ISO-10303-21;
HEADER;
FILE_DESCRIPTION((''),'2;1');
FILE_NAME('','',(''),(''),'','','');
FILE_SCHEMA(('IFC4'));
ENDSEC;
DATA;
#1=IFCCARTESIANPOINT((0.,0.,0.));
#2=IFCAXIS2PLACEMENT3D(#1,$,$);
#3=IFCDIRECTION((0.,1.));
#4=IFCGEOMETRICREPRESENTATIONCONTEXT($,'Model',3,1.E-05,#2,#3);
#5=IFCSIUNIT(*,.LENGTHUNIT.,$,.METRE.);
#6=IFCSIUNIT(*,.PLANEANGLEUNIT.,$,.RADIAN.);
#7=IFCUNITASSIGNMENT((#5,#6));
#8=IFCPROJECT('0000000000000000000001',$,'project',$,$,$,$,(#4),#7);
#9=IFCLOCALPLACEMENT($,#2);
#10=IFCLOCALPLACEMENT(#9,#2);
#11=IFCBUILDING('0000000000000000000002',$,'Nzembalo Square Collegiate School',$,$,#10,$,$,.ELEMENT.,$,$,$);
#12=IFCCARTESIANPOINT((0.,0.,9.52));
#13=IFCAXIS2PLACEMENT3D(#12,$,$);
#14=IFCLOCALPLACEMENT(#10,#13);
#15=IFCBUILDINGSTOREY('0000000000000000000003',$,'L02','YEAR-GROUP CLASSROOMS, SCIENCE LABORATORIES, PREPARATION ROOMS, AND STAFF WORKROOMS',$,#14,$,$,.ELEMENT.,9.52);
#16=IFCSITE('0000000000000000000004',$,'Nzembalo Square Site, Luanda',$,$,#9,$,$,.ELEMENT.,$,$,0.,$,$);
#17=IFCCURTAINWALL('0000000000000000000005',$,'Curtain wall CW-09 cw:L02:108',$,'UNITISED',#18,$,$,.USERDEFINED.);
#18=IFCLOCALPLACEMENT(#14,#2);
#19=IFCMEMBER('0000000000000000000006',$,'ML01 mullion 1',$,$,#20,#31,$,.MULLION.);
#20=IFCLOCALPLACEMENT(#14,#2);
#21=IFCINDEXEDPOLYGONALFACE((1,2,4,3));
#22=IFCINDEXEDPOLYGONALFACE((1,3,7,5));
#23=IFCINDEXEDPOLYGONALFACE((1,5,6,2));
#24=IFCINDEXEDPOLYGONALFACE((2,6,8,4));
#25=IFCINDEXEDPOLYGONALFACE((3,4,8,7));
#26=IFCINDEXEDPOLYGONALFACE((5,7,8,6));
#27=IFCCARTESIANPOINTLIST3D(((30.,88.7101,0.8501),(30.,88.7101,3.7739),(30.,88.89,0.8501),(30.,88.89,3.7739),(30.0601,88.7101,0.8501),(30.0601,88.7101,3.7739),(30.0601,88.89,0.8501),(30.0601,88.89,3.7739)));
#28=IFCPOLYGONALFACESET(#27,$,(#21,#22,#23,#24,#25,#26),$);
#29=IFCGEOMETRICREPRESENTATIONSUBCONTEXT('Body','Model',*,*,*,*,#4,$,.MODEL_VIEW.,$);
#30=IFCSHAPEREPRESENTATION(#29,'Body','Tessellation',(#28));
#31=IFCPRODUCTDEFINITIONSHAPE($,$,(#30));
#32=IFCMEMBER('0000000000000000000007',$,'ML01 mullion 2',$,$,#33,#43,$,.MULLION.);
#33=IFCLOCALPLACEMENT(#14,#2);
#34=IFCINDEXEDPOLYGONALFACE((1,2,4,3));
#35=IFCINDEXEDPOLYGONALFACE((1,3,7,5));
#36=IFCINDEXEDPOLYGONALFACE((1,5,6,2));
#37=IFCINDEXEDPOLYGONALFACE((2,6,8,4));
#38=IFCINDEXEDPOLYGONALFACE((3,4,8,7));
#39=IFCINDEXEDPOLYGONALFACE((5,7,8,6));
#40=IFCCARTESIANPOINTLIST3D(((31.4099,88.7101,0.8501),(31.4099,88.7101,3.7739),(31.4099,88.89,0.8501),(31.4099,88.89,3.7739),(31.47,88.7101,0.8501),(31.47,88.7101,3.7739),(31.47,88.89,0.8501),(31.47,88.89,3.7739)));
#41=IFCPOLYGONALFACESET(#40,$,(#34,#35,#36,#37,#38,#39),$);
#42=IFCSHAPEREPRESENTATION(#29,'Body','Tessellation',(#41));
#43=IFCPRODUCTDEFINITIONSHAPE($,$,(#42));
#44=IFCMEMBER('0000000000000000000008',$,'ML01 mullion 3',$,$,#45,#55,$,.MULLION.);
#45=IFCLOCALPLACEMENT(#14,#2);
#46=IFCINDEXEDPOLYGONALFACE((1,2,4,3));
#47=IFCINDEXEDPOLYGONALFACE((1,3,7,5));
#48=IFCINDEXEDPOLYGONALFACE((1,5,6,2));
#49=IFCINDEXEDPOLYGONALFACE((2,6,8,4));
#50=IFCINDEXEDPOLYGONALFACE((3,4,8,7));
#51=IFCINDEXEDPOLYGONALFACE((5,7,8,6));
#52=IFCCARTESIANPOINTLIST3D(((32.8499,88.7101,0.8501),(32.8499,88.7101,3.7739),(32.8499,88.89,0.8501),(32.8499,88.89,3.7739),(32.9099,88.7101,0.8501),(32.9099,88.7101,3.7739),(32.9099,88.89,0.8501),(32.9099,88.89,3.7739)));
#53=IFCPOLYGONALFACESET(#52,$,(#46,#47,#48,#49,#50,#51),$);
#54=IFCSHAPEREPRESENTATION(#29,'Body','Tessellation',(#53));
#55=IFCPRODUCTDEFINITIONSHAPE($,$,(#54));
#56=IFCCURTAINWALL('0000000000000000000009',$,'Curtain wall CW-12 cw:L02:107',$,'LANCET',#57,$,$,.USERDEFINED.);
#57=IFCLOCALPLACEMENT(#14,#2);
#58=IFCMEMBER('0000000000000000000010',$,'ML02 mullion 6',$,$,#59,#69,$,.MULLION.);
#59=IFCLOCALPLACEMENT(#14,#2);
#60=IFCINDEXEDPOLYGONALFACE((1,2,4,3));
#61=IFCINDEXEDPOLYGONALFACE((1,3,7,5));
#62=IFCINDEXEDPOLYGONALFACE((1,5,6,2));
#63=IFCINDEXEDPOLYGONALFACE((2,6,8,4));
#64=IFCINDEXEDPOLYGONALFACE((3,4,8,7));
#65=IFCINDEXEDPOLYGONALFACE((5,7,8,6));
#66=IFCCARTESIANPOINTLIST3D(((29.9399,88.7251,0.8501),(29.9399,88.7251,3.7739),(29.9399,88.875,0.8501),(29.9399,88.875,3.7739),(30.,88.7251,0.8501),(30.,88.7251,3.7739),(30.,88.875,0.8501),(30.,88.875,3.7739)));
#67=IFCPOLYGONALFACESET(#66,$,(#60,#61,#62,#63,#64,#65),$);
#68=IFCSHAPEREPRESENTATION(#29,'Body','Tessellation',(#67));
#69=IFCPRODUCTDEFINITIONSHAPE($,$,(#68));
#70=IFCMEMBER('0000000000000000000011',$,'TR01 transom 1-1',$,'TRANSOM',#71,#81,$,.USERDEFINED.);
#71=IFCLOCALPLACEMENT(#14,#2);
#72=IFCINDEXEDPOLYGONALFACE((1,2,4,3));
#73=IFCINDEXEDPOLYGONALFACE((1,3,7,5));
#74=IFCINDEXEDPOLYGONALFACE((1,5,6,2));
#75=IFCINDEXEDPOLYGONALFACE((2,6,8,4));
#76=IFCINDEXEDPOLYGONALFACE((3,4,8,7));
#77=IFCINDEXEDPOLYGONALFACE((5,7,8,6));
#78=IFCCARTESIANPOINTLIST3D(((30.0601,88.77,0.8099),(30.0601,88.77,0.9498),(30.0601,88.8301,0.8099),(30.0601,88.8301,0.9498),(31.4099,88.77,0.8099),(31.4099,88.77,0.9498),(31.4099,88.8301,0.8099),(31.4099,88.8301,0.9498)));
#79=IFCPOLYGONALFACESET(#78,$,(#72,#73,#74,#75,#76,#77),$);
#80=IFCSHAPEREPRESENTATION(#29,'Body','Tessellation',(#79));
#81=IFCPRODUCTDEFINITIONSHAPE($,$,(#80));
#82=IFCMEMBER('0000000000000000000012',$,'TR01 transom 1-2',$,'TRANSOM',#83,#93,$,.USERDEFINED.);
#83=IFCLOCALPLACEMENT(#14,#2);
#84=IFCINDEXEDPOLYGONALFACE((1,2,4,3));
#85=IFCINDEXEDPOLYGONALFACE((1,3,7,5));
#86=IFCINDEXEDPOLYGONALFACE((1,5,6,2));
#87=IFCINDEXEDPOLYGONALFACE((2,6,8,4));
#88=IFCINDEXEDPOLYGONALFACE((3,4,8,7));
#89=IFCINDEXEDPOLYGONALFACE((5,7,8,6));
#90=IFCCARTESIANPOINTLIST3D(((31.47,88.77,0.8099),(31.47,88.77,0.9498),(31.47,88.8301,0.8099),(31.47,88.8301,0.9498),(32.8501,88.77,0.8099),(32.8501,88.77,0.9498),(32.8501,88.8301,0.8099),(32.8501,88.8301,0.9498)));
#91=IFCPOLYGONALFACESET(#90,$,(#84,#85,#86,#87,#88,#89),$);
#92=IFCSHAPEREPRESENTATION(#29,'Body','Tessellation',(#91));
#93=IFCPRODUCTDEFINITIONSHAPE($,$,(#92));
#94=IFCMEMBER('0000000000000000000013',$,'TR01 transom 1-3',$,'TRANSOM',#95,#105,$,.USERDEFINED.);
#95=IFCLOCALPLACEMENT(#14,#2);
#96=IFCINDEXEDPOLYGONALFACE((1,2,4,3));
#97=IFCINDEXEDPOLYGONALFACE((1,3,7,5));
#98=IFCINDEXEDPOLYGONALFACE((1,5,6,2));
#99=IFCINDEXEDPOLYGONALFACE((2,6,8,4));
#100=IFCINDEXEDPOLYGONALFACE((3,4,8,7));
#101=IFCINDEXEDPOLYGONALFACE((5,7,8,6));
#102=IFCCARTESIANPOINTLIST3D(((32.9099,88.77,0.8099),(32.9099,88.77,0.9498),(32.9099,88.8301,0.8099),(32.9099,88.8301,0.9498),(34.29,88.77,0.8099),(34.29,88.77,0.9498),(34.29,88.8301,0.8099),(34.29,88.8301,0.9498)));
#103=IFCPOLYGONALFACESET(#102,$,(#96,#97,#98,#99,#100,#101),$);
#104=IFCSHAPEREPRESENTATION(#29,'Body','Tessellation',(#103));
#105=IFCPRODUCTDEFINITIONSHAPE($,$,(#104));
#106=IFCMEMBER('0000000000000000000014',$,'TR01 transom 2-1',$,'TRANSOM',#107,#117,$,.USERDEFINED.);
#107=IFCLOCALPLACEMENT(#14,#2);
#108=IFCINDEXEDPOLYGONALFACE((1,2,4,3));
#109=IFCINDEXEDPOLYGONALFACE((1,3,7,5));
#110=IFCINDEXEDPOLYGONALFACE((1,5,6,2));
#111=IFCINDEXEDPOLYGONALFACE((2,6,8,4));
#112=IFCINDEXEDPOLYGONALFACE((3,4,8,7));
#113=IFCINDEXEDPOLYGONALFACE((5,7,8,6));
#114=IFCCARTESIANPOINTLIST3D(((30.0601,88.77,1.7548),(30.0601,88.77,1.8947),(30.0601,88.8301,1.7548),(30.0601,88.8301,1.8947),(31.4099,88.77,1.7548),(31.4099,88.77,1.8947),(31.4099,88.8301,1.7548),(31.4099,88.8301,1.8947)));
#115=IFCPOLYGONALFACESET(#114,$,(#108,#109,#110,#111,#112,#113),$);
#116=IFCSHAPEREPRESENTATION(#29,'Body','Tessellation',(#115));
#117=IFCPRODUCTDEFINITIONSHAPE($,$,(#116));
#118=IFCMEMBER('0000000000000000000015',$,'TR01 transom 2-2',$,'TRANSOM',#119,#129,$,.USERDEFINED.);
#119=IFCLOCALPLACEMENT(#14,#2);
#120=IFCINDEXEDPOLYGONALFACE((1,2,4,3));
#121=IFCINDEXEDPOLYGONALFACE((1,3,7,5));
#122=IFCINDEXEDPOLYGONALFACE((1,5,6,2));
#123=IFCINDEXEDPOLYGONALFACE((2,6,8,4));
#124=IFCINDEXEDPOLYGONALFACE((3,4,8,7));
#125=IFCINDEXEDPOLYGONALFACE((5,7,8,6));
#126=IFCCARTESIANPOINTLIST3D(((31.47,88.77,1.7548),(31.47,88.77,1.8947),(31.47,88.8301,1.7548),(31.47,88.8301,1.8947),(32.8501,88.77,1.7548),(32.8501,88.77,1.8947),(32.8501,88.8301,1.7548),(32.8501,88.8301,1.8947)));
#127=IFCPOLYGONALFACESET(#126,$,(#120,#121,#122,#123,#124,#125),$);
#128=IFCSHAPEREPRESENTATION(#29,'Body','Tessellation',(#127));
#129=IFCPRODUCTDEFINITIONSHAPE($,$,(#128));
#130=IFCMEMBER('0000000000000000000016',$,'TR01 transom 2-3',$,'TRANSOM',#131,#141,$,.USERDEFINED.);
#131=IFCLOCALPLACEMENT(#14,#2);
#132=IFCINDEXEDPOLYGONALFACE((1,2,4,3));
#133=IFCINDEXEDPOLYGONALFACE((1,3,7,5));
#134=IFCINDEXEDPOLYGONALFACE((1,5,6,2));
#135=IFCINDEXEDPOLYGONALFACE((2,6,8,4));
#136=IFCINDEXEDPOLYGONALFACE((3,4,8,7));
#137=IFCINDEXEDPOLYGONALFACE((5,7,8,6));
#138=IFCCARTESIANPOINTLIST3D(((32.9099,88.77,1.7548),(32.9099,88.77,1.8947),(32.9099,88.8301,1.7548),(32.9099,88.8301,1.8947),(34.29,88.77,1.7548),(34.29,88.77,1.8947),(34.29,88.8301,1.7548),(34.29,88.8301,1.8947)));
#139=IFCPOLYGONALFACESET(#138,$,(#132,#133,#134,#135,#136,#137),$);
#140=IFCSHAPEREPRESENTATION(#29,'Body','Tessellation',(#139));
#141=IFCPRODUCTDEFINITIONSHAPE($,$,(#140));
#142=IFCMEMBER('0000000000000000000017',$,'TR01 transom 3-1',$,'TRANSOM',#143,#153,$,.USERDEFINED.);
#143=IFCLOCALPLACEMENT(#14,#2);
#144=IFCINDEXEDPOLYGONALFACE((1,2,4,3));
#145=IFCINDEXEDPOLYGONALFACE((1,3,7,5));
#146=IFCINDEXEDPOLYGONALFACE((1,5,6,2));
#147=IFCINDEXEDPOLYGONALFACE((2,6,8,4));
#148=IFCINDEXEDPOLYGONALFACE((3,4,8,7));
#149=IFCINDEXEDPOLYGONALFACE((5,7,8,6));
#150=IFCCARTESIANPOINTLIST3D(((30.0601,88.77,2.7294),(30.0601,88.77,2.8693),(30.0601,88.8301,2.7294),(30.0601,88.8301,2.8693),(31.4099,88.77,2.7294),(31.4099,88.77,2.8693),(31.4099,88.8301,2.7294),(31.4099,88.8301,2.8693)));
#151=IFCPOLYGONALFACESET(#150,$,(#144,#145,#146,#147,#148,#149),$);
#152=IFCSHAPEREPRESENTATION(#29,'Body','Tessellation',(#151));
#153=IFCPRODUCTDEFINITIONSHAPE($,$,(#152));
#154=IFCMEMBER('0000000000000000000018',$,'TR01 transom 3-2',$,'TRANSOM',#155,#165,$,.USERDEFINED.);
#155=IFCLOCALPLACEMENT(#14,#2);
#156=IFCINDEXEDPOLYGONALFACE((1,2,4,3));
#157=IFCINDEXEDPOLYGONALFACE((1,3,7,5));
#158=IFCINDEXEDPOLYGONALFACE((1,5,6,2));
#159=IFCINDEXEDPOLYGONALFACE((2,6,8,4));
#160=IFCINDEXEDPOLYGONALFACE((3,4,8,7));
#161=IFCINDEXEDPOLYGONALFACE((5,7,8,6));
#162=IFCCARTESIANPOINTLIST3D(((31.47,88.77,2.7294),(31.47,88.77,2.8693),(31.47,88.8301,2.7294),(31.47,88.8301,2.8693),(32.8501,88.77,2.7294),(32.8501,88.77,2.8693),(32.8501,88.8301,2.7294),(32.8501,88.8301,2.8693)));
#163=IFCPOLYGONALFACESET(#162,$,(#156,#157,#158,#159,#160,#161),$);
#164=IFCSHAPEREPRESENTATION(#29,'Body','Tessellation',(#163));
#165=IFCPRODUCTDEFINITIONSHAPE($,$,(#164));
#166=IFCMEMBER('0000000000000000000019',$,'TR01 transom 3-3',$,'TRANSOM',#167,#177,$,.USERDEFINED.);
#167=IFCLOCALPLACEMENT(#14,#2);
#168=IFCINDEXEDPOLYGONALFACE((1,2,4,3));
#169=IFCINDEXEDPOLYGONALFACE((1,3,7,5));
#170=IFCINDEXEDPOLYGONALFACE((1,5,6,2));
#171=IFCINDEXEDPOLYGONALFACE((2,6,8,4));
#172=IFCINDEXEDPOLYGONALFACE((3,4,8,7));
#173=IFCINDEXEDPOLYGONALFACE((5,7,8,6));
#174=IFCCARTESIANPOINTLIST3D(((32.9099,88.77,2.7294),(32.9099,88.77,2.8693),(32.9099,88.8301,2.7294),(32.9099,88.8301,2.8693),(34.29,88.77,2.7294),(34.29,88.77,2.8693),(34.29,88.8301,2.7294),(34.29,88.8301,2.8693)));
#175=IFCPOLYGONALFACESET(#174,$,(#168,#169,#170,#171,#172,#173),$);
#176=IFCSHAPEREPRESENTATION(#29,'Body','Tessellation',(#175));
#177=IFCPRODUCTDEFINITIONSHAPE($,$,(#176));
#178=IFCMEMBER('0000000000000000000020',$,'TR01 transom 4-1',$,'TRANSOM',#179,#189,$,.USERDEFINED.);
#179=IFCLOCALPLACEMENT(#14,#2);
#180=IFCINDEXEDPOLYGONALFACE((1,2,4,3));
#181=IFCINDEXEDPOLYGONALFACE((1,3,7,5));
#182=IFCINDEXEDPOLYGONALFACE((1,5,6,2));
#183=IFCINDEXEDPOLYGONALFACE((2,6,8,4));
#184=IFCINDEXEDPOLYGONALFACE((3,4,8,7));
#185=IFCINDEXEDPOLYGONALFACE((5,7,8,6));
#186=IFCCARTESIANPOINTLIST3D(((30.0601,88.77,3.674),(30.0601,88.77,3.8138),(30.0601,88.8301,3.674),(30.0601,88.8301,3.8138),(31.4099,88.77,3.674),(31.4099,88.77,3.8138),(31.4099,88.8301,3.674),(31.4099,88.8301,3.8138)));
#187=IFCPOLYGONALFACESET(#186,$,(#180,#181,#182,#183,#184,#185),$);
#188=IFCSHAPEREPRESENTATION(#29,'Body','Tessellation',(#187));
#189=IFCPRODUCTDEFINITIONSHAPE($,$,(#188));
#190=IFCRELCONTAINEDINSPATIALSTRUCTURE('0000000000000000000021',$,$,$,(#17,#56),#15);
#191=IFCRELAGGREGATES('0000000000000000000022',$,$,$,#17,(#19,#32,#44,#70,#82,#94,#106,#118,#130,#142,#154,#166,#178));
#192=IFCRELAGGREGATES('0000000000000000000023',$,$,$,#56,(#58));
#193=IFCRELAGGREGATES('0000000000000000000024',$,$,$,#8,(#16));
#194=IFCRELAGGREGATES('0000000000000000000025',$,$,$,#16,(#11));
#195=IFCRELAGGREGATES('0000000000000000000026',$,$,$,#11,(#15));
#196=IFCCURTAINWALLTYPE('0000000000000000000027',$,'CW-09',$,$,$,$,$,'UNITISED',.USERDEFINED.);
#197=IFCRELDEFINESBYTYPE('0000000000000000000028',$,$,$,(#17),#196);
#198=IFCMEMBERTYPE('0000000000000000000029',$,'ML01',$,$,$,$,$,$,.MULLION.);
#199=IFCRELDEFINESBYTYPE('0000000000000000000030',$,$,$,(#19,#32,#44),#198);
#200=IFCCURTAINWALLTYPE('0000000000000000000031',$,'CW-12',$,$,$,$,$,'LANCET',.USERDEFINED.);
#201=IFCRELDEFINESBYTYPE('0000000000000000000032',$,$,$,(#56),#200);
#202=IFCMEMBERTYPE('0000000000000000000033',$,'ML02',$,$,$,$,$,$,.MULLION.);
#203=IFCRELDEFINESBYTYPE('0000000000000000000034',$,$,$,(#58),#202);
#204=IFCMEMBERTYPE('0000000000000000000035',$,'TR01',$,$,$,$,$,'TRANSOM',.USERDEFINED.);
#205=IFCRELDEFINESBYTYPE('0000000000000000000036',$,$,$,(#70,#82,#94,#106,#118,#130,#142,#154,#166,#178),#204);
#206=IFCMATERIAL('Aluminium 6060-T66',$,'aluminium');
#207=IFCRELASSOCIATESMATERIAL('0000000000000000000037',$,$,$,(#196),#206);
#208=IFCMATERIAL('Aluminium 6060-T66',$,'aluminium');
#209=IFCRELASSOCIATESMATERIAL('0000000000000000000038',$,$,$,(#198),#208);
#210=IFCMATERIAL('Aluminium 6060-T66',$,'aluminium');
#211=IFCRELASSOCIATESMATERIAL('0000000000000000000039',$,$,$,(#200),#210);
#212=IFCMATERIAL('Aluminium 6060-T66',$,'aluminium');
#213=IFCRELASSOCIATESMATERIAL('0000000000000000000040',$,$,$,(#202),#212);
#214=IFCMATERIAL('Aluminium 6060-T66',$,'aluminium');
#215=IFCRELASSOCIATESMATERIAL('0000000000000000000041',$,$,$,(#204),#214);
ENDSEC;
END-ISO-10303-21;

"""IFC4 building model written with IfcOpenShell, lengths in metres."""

from ifc_helpers import new_model, si_unit, direction, frame, origin, origin_2d, place, context, subcontext, project, spatial, rectangle, extrude, material, material_profile, profile_set, type_object, element, aggregate, save


model = new_model("IFC4")

# Units and contexts
model_context = context("Model", 3, precision=1e-05, world=origin(), true_north=direction((0.0, 1.0)))
body_context = subcontext(model_context, "Body", "Model", "MODEL_VIEW")
ifc_project = project(units=[si_unit("LENGTHUNIT", "METRE"), si_unit("PLANEANGLEUNIT", "RADIAN")], contexts=[model_context])

# Site, building, storey
site_placement = place(None, origin())
site = spatial("IfcSite", under=ifc_project, at=site_placement, Name="Nzembalo Square Site, Luanda", CompositionType="ELEMENT", RefElevation=0.0)
building_placement = place(site_placement, origin())
building = spatial("IfcBuilding", under=site, at=building_placement, Name="Nzembalo Square Collegiate School", CompositionType="ELEMENT")
storey_placement = place(building_placement, frame((0.0, 0.0, 9.52)))
storey = spatial("IfcBuildingStorey", under=building, at=storey_placement, Name="L02", Description="YEAR-GROUP CLASSROOMS, SCIENCE LABORATORIES, PREPARATION ROOMS, AND STAFF WORKROOMS", CompositionType="ELEMENT", Elevation=9.52)

# Curtain wall, members
ifc_material_1 = material(Name="Aluminium 6060-T66", Category="aluminium")
curtain_wall_type_1 = type_object("IfcCurtainWallType", Name="CW-09", ElementType="UNITISED", PredefinedType="USERDEFINED", material=ifc_material_1)
curtain_wall_1_placement = place(storey_placement, origin())
curtain_wall_1 = element("IfcCurtainWall", 1, at=curtain_wall_1_placement, inside=storey, type_object=curtain_wall_type_1, Name="Curtain wall CW-09 cw:L02:108", ObjectType="UNITISED", PredefinedType="USERDEFINED")
ifc_material_2 = material(Name="Aluminium 6060-T66", Category="aluminium")
ifc_material_profile_1 = material_profile(ifc_material_2, rectangle(XDim=0.0601, YDim=0.1799, at=origin_2d()), Name="ALU M60x180")
ifc_profile_set_1 = profile_set([ifc_material_profile_1], Name="Aluminium 6060-T66")
member_type_1 = type_object("IfcMemberType", Name="ML01", PredefinedType="MULLION", material=ifc_profile_set_1)
member_1_placement = place(storey_placement, frame((30.03, 88.8, 0.8501), z_axis=(0.0, 0.0, 1.0), x_axis=(1.0, 0.0, 0.0)))
member_1 = element("IfcMember", 2, at=member_1_placement, type_object=member_type_1, Name="ML01 mullion 1", PredefinedType="MULLION", context=body_context, shape_type="SweptSolid", body=[
    extrude(rectangle(XDim=0.0601, YDim=0.1799, at=origin_2d()), origin(), (0.0, 0.0, 1.0), 2.9238),
])
member_2_placement = place(storey_placement, frame((31.4399, 88.8, 0.8501), z_axis=(0.0, 0.0, 1.0), x_axis=(1.0, 0.0, 0.0)))
member_2 = element("IfcMember", 3, at=member_2_placement, type_object=member_type_1, Name="ML01 mullion 2", PredefinedType="MULLION", context=body_context, shape_type="SweptSolid", body=[
    extrude(rectangle(XDim=0.0601, YDim=0.1799, at=origin_2d()), origin(), (0.0, 0.0, 1.0), 2.9238),
])
member_3_placement = place(storey_placement, frame((32.8799, 88.8, 0.8501), z_axis=(0.0, 0.0, 1.0), x_axis=(1.0, 0.0, 0.0)))
member_3 = element("IfcMember", 4, at=member_3_placement, type_object=member_type_1, Name="ML01 mullion 3", PredefinedType="MULLION", context=body_context, shape_type="SweptSolid", body=[
    extrude(rectangle(XDim=0.0601, YDim=0.1799, at=origin_2d()), origin(), (0.0, 0.0, 1.0), 2.9238),
])

# Curtain wall, member
ifc_material_3 = material(Name="Aluminium 6060-T66", Category="aluminium")
curtain_wall_type_2 = type_object("IfcCurtainWallType", Name="CW-12", ElementType="LANCET", PredefinedType="USERDEFINED", material=ifc_material_3)
curtain_wall_2_placement = place(storey_placement, origin())
curtain_wall_2 = element("IfcCurtainWall", 5, at=curtain_wall_2_placement, inside=storey, type_object=curtain_wall_type_2, Name="Curtain wall CW-12 cw:L02:107", ObjectType="LANCET", PredefinedType="USERDEFINED")
ifc_material_4 = material(Name="Aluminium 6060-T66", Category="aluminium")
ifc_material_profile_2 = material_profile(ifc_material_4, rectangle(XDim=0.0601, YDim=0.1499, at=origin_2d()), Name="ALU M60x150")
ifc_profile_set_2 = profile_set([ifc_material_profile_2], Name="Aluminium 6060-T66")
member_type_2 = type_object("IfcMemberType", Name="ML02", PredefinedType="MULLION", material=ifc_profile_set_2)
member_4_placement = place(storey_placement, frame((29.97, 88.8, 0.8501), z_axis=(0.0, 0.0, 1.0), x_axis=(1.0, 0.0, 0.0)))
member_4 = element("IfcMember", 6, at=member_4_placement, type_object=member_type_2, Name="ML02 mullion 6", PredefinedType="MULLION", context=body_context, shape_type="SweptSolid", body=[
    extrude(rectangle(XDim=0.0601, YDim=0.1499, at=origin_2d()), origin(), (0.0, 0.0, 1.0), 2.9238),
])

# Members
ifc_material_5 = material(Name="Aluminium 6060-T66", Category="aluminium")
ifc_material_profile_3 = material_profile(ifc_material_5, rectangle(XDim=0.0601, YDim=0.1399, at=origin_2d()), Name="ALU T60x140")
ifc_profile_set_3 = profile_set([ifc_material_profile_3], Name="Aluminium 6060-T66")
member_type_3 = type_object("IfcMemberType", Name="TR01", ElementType="TRANSOM", PredefinedType="USERDEFINED", material=ifc_profile_set_3)
member_5_placement = place(storey_placement, frame((30.0601, 88.8, 0.8799), z_axis=(1.0, 0.0, 0.0), x_axis=(0.0, 1.0, 0.0)))
member_5 = element("IfcMember", 7, at=member_5_placement, type_object=member_type_3, Name="TR01 transom 1-1", ObjectType="TRANSOM", PredefinedType="USERDEFINED", context=body_context, shape_type="SweptSolid", body=[
    extrude(rectangle(XDim=0.0601, YDim=0.1399, at=origin_2d()), origin(), (0.0, 0.0, 1.0), 1.3499),
])
member_6_placement = place(storey_placement, frame((31.47, 88.8, 0.8799), z_axis=(1.0, 0.0, 0.0), x_axis=(0.0, 1.0, 0.0)))
member_6 = element("IfcMember", 8, at=member_6_placement, type_object=member_type_3, Name="TR01 transom 1-2", ObjectType="TRANSOM", PredefinedType="USERDEFINED", context=body_context, shape_type="SweptSolid", body=[
    extrude(rectangle(XDim=0.0601, YDim=0.1399, at=origin_2d()), origin(), (0.0, 0.0, 1.0), 1.3801),
])
member_7_placement = place(storey_placement, frame((32.9099, 88.8, 0.8799), z_axis=(1.0, 0.0, 0.0), x_axis=(0.0, 1.0, 0.0)))
member_7 = element("IfcMember", 9, at=member_7_placement, type_object=member_type_3, Name="TR01 transom 1-3", ObjectType="TRANSOM", PredefinedType="USERDEFINED", context=body_context, shape_type="SweptSolid", body=[
    extrude(rectangle(XDim=0.0601, YDim=0.1399, at=origin_2d()), origin(), (0.0, 0.0, 1.0), 1.3801),
])
member_8_placement = place(storey_placement, frame((30.0601, 88.8, 1.8247), z_axis=(1.0, 0.0, 0.0), x_axis=(0.0, 1.0, 0.0)))
member_8 = element("IfcMember", 10, at=member_8_placement, type_object=member_type_3, Name="TR01 transom 2-1", ObjectType="TRANSOM", PredefinedType="USERDEFINED", context=body_context, shape_type="SweptSolid", body=[
    extrude(rectangle(XDim=0.0601, YDim=0.1399, at=origin_2d()), origin(), (0.0, 0.0, 1.0), 1.3499),
])
member_9_placement = place(storey_placement, frame((31.47, 88.8, 1.8247), z_axis=(1.0, 0.0, 0.0), x_axis=(0.0, 1.0, 0.0)))
member_9 = element("IfcMember", 11, at=member_9_placement, type_object=member_type_3, Name="TR01 transom 2-2", ObjectType="TRANSOM", PredefinedType="USERDEFINED", context=body_context, shape_type="SweptSolid", body=[
    extrude(rectangle(XDim=0.0601, YDim=0.1399, at=origin_2d()), origin(), (0.0, 0.0, 1.0), 1.3801),
])
member_10_placement = place(storey_placement, frame((32.9099, 88.8, 1.8247), z_axis=(1.0, 0.0, 0.0), x_axis=(0.0, 1.0, 0.0)))
member_10 = element("IfcMember", 12, at=member_10_placement, type_object=member_type_3, Name="TR01 transom 2-3", ObjectType="TRANSOM", PredefinedType="USERDEFINED", context=body_context, shape_type="SweptSolid", body=[
    extrude(rectangle(XDim=0.0601, YDim=0.1399, at=origin_2d()), origin(), (0.0, 0.0, 1.0), 1.3801),
])
member_11_placement = place(storey_placement, frame((30.0601, 88.8, 2.7993), z_axis=(1.0, 0.0, 0.0), x_axis=(0.0, 1.0, 0.0)))
member_11 = element("IfcMember", 13, at=member_11_placement, type_object=member_type_3, Name="TR01 transom 3-1", ObjectType="TRANSOM", PredefinedType="USERDEFINED", context=body_context, shape_type="SweptSolid", body=[
    extrude(rectangle(XDim=0.0601, YDim=0.1399, at=origin_2d()), origin(), (0.0, 0.0, 1.0), 1.3499),
])
member_12_placement = place(storey_placement, frame((31.47, 88.8, 2.7993), z_axis=(1.0, 0.0, 0.0), x_axis=(0.0, 1.0, 0.0)))
member_12 = element("IfcMember", 14, at=member_12_placement, type_object=member_type_3, Name="TR01 transom 3-2", ObjectType="TRANSOM", PredefinedType="USERDEFINED", context=body_context, shape_type="SweptSolid", body=[
    extrude(rectangle(XDim=0.0601, YDim=0.1399, at=origin_2d()), origin(), (0.0, 0.0, 1.0), 1.3801),
])
member_13_placement = place(storey_placement, frame((32.9099, 88.8, 2.7993), z_axis=(1.0, 0.0, 0.0), x_axis=(0.0, 1.0, 0.0)))
member_13 = element("IfcMember", 15, at=member_13_placement, type_object=member_type_3, Name="TR01 transom 3-3", ObjectType="TRANSOM", PredefinedType="USERDEFINED", context=body_context, shape_type="SweptSolid", body=[
    extrude(rectangle(XDim=0.0601, YDim=0.1399, at=origin_2d()), origin(), (0.0, 0.0, 1.0), 1.3801),
])
member_14_placement = place(storey_placement, frame((30.0601, 88.8, 3.7439), z_axis=(1.0, 0.0, 0.0), x_axis=(0.0, 1.0, 0.0)))
member_14 = element("IfcMember", 16, at=member_14_placement, type_object=member_type_3, Name="TR01 transom 4-1", ObjectType="TRANSOM", PredefinedType="USERDEFINED", context=body_context, shape_type="SweptSolid", body=[
    extrude(rectangle(XDim=0.0601, YDim=0.1399, at=origin_2d()), origin(), (0.0, 0.0, 1.0), 1.3499),
])

aggregate(curtain_wall_1, [member_1, member_2, member_3, member_5, member_6, member_7, member_8, member_9, member_10, member_11, member_12, member_13, member_14])
aggregate(curtain_wall_2, [member_4])

save(model, "model.ifc")
